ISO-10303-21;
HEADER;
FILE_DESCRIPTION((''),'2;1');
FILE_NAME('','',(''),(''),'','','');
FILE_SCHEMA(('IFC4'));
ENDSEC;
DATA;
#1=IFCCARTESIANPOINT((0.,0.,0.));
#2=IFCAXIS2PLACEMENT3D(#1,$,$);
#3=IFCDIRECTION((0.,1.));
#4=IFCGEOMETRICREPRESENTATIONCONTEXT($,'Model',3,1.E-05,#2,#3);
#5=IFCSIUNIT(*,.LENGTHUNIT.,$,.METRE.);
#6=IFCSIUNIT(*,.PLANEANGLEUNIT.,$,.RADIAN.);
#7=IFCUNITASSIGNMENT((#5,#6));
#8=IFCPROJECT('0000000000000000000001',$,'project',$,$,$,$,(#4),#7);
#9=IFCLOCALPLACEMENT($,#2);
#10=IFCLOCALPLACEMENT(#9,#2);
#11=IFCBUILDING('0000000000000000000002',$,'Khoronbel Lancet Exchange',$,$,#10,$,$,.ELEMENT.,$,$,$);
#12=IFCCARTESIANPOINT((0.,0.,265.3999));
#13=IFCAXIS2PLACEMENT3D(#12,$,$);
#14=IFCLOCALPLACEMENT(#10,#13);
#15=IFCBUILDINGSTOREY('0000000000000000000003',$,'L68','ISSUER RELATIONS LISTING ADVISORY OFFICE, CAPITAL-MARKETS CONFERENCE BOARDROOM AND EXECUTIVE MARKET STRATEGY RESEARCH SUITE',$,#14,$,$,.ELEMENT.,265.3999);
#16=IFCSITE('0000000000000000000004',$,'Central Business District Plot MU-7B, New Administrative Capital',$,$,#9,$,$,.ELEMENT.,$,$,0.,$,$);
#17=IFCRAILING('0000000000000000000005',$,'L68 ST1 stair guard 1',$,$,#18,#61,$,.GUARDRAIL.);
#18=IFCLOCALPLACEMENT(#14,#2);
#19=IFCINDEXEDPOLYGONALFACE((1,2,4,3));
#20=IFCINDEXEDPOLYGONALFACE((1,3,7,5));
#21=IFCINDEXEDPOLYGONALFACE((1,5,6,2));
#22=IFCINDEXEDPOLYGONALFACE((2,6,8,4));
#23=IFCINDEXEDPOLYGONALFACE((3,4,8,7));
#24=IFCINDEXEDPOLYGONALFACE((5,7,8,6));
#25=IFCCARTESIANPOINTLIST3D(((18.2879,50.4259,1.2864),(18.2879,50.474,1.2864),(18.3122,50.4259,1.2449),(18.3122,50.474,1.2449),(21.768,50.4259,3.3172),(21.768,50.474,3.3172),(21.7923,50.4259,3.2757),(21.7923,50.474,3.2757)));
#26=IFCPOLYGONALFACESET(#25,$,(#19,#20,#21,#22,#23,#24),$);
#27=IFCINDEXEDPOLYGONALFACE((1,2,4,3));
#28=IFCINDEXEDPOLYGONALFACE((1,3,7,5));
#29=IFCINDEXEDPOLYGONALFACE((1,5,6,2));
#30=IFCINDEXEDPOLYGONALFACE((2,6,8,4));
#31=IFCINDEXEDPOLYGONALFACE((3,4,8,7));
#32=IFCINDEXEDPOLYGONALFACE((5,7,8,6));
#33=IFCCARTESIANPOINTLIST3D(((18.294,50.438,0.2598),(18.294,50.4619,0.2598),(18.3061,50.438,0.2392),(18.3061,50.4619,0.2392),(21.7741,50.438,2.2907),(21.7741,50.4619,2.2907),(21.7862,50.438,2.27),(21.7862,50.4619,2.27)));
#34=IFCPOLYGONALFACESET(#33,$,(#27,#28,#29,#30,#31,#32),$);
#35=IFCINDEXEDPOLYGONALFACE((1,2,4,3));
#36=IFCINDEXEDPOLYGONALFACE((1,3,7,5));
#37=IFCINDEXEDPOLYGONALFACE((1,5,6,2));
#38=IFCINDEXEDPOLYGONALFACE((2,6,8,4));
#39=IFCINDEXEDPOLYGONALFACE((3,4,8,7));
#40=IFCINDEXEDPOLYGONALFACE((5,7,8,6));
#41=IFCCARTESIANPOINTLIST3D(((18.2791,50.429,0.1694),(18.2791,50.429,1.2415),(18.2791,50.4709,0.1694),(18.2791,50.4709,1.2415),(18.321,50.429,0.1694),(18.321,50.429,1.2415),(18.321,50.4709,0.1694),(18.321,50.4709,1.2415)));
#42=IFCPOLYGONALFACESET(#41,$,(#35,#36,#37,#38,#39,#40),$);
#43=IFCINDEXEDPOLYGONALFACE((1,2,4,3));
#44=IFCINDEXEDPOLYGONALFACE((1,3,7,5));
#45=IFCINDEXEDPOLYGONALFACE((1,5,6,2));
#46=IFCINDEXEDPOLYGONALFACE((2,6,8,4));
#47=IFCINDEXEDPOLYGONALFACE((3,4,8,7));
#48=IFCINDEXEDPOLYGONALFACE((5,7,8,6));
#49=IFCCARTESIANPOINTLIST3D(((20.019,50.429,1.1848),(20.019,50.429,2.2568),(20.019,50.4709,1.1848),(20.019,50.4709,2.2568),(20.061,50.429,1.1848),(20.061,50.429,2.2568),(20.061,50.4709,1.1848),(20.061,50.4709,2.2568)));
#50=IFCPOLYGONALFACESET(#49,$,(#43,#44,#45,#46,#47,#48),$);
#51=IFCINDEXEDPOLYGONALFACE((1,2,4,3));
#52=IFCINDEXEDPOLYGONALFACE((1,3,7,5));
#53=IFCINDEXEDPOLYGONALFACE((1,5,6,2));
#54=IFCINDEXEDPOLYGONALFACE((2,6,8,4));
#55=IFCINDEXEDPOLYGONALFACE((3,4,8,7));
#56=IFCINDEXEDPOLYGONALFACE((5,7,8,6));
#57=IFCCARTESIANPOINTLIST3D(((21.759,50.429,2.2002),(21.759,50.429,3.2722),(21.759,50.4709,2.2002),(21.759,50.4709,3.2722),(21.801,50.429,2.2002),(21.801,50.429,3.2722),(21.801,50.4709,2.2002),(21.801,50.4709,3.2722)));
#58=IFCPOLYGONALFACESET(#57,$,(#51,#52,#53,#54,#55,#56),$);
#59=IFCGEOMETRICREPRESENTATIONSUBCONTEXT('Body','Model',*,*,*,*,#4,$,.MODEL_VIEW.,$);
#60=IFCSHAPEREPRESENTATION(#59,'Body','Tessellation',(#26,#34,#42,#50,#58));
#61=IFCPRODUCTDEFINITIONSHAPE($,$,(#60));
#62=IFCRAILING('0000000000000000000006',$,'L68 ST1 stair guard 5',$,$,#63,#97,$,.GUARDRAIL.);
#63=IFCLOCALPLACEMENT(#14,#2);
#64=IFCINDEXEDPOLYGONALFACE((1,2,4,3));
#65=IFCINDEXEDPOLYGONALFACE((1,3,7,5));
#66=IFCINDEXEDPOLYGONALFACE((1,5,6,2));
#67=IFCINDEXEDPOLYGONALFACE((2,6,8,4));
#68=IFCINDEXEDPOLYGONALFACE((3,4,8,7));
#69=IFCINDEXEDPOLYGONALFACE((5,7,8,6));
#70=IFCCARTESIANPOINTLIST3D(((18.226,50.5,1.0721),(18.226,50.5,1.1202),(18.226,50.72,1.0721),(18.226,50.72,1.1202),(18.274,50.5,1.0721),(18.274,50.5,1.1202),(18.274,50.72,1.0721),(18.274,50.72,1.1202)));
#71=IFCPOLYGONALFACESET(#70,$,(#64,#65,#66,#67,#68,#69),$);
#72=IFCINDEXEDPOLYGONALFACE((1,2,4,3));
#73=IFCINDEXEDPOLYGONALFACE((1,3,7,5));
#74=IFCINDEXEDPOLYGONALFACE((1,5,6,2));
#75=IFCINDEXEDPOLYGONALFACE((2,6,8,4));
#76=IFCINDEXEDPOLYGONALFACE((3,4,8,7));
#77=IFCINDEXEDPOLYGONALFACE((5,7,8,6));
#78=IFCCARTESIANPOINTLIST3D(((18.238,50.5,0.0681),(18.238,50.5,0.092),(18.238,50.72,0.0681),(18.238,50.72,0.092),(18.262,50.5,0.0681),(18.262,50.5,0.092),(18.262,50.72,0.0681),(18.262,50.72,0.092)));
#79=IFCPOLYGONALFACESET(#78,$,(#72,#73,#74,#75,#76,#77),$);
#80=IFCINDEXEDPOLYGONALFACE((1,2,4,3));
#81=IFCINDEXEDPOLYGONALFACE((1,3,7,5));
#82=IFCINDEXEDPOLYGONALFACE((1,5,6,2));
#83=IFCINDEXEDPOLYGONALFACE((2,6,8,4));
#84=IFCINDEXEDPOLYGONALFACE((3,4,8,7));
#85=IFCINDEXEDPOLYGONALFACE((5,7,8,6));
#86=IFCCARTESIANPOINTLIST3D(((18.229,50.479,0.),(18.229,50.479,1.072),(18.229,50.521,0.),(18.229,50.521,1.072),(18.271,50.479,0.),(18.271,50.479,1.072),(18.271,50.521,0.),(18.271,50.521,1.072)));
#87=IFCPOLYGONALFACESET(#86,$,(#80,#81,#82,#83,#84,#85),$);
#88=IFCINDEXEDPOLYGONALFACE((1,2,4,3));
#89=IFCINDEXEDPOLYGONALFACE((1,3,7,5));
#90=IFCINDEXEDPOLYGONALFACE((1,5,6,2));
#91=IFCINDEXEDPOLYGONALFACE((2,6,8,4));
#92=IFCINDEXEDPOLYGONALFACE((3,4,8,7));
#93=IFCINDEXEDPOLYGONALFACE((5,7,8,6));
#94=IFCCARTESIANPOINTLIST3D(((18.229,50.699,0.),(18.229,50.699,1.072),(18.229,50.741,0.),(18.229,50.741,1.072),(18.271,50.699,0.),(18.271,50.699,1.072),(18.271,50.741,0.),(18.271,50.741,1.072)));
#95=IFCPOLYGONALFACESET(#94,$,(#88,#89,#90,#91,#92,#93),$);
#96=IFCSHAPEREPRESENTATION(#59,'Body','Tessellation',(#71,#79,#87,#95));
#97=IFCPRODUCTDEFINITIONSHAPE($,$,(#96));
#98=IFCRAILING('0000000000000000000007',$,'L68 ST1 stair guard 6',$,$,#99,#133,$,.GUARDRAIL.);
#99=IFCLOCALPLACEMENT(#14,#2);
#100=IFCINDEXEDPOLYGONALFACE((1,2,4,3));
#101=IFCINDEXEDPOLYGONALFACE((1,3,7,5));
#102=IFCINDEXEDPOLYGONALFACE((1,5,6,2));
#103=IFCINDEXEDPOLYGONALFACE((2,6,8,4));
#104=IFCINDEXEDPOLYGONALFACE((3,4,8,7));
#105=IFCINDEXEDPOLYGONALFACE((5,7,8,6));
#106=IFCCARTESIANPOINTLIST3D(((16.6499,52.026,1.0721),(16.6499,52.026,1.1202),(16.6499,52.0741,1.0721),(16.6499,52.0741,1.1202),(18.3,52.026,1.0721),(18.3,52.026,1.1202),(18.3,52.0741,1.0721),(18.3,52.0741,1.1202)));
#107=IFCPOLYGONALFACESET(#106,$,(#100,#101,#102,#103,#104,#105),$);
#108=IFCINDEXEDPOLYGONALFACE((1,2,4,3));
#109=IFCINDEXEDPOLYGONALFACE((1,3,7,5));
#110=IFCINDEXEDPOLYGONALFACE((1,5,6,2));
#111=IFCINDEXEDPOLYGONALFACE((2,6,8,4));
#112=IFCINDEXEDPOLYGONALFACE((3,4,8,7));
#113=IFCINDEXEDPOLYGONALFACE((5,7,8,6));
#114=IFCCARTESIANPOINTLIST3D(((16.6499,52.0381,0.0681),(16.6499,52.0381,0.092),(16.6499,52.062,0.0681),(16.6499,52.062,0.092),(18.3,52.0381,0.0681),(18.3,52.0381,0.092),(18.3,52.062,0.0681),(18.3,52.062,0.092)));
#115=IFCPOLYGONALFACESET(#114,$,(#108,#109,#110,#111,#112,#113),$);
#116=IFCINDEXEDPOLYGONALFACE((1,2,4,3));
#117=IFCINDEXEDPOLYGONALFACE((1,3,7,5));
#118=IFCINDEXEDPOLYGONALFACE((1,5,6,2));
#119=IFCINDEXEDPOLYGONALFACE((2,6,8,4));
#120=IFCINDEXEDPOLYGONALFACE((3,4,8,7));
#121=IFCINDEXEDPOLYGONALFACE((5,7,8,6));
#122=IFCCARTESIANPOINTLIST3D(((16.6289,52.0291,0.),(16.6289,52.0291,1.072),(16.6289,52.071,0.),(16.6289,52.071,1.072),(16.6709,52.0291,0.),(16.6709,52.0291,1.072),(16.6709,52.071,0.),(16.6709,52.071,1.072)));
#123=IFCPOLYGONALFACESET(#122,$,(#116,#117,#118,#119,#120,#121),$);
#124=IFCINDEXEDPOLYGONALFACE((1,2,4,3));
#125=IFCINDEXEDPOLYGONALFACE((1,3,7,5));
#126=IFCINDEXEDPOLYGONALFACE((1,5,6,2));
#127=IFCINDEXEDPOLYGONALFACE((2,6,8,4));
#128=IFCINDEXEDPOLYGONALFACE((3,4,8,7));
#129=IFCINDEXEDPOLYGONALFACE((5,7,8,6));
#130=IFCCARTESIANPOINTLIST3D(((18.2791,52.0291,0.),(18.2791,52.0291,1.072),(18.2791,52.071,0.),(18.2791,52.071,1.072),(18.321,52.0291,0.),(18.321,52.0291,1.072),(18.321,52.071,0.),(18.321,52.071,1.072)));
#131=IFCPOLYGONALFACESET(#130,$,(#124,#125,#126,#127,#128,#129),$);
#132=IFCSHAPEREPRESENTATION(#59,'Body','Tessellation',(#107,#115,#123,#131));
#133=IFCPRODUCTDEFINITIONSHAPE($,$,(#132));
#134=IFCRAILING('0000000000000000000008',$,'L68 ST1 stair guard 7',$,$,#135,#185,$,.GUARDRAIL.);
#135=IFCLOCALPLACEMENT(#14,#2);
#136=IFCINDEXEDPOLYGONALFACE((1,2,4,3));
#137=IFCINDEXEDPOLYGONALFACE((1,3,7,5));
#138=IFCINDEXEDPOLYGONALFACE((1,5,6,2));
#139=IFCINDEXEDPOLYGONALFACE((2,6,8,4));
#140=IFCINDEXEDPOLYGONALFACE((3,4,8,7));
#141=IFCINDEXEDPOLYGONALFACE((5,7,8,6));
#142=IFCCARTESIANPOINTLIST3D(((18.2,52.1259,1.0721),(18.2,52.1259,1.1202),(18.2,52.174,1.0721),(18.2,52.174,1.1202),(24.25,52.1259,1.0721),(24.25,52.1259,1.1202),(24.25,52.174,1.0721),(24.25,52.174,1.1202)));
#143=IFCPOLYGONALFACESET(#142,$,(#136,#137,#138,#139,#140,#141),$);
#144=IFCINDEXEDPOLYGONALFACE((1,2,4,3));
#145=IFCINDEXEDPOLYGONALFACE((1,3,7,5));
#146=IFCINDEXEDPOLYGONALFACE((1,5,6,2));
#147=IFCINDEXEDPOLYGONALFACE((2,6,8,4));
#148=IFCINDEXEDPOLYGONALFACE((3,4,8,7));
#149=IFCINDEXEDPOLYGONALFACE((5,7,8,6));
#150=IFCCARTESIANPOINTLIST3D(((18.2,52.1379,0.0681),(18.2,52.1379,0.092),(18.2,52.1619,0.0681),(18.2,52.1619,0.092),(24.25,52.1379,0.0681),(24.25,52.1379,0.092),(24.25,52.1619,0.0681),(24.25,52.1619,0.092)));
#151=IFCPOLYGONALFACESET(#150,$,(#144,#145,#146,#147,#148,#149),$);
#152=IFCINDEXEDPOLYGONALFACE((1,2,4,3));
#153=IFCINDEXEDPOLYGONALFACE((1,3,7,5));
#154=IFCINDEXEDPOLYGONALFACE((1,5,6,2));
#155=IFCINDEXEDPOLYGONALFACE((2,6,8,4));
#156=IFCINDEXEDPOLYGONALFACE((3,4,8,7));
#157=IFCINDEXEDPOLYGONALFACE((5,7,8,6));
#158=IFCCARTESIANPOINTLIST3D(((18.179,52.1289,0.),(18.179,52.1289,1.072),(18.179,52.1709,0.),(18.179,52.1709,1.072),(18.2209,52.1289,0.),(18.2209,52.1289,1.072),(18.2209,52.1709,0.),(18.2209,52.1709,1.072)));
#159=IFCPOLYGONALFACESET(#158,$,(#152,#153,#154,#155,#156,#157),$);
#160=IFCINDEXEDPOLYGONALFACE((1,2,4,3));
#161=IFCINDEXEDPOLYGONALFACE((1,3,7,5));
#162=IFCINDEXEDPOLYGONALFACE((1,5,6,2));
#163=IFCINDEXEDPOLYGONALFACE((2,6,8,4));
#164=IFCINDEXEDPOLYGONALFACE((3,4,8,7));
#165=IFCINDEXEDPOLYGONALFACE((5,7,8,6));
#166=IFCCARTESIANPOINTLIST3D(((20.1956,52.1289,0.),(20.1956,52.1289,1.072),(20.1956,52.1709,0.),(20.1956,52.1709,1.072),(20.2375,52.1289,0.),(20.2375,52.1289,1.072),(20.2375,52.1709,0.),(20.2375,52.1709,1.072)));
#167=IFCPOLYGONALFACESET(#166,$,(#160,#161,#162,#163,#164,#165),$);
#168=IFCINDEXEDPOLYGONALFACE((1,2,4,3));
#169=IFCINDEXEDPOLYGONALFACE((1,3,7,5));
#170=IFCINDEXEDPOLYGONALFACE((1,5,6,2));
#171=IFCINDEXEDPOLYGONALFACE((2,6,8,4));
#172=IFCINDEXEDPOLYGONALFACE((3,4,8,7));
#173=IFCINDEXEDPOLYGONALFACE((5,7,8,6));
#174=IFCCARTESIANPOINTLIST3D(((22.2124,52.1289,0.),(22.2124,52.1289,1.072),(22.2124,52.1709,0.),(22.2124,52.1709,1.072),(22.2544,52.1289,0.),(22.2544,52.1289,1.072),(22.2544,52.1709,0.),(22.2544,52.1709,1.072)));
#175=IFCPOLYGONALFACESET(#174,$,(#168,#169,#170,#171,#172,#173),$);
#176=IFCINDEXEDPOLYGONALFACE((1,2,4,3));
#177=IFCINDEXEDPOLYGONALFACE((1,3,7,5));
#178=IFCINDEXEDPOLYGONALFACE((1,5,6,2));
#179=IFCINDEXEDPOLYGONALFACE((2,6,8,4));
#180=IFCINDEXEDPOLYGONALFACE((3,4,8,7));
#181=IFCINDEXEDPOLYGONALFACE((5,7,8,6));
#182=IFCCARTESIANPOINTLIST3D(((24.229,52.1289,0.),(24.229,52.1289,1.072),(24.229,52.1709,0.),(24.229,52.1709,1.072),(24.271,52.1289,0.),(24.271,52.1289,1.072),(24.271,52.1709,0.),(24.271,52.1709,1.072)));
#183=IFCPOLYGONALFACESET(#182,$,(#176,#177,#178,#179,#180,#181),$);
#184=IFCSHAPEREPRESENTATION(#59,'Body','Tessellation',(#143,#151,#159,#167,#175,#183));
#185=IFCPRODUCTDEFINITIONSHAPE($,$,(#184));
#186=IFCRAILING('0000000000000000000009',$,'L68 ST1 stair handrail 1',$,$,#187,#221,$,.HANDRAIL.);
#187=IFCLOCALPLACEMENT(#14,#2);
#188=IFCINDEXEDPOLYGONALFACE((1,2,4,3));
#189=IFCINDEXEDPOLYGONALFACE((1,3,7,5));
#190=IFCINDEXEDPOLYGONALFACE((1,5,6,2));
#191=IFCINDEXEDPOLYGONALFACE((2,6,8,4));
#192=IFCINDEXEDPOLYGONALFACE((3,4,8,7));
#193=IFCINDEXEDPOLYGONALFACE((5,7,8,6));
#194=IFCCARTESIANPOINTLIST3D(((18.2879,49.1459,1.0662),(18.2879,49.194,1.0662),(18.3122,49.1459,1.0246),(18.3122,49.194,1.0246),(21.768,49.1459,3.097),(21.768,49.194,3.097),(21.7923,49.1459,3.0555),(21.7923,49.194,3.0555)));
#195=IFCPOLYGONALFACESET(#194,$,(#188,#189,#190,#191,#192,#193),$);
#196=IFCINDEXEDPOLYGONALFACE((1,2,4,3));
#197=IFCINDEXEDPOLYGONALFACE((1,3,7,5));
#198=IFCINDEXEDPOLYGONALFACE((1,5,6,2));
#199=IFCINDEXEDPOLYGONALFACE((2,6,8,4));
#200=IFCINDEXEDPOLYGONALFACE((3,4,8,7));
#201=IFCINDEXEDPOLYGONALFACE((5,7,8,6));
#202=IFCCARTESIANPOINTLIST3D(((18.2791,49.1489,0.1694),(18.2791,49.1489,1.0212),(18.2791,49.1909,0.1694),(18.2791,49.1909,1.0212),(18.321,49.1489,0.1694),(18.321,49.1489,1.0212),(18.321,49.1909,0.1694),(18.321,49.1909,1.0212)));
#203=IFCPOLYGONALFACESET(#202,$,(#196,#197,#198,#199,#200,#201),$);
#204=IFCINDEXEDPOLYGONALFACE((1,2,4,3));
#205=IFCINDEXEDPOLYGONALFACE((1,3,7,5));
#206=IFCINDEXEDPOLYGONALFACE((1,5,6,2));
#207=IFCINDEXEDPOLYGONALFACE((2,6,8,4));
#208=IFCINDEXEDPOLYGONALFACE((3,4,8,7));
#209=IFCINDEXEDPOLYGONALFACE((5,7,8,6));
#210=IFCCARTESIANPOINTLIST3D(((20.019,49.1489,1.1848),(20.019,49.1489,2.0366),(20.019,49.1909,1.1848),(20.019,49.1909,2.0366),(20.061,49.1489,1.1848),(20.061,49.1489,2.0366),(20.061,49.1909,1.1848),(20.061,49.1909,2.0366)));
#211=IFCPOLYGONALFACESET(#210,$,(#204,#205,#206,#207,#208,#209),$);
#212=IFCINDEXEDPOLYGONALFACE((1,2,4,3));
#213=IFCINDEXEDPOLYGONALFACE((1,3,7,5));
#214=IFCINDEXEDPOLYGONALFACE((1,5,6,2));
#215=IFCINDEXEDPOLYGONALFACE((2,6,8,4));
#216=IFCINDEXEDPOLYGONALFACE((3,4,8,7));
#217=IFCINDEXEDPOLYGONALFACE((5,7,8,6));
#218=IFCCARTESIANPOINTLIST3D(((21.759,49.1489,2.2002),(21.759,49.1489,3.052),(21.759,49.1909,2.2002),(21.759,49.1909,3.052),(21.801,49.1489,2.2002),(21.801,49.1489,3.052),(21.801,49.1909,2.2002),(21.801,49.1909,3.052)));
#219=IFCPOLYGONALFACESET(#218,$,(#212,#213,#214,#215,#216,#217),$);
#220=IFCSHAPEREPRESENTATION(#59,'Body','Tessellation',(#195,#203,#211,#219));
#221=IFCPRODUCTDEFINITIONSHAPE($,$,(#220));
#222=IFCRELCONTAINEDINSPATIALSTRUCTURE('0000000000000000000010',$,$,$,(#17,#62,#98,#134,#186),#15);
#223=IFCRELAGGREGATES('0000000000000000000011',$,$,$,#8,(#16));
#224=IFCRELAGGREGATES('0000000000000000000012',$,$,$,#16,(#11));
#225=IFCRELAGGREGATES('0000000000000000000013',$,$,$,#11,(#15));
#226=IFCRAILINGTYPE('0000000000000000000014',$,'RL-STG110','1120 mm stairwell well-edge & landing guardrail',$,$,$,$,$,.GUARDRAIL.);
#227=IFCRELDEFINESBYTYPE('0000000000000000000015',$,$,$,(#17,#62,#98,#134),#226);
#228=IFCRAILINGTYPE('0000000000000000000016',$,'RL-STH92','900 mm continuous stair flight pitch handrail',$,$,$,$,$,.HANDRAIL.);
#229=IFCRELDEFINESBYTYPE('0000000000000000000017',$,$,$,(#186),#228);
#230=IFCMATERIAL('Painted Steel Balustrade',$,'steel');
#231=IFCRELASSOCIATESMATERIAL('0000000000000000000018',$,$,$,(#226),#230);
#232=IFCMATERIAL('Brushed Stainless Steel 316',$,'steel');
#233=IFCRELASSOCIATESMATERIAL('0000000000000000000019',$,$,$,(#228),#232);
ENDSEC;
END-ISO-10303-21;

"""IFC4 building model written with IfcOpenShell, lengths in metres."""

from ifc_helpers import new_model, si_unit, direction, frame, origin, origin_2d, place, context, subcontext, project, spatial, rectangle, extrude, material, type_object, element, save


model = new_model("IFC4")

# Units and contexts
model_context = context("Model", 3, precision=1e-05, world=origin(), true_north=direction((0.0, 1.0)))
body_context = subcontext(model_context, "Body", "Model", "MODEL_VIEW")
ifc_project = project(units=[si_unit("LENGTHUNIT", "METRE"), si_unit("PLANEANGLEUNIT", "RADIAN")], contexts=[model_context])

# Site, building, storey
site_placement = place(None, origin())
site = spatial("IfcSite", under=ifc_project, at=site_placement, Name="Central Business District Plot MU-7B, New Administrative Capital", CompositionType="ELEMENT", RefElevation=0.0)
building_placement = place(site_placement, origin())
building = spatial("IfcBuilding", under=site, at=building_placement, Name="Khoronbel Lancet Exchange", CompositionType="ELEMENT")
storey_placement = place(building_placement, frame((0.0, 0.0, 265.3999)))
storey = spatial("IfcBuildingStorey", under=building, at=storey_placement, Name="L68", Description="ISSUER RELATIONS LISTING ADVISORY OFFICE, CAPITAL-MARKETS CONFERENCE BOARDROOM AND EXECUTIVE MARKET STRATEGY RESEARCH SUITE", CompositionType="ELEMENT", Elevation=265.3999)

# Railings
ifc_material_1 = material(Name="Painted Steel Balustrade", Category="steel")
railing_type_1 = type_object("IfcRailingType", Name="RL-STG110", Description="1120 mm stairwell well-edge & landing guardrail", PredefinedType="GUARDRAIL", material=ifc_material_1)
railing_1_placement = place(storey_placement, frame((18.3, 50.45, 0.1694)))
element("IfcRailing", 1, at=railing_1_placement, inside=storey, type_object=railing_type_1, Name="L68 ST1 stair guard 1", PredefinedType="GUARDRAIL", context=body_context, shape_type="SweptSolid", body=[
    extrude(rectangle(XDim=0.0481, YDim=0.0481, at=origin_2d()), frame((0.0, 0.0, 1.0962), z_axis=(0.863695, 0.0, 0.504014), x_axis=(0.0, 1.0, 0.0)), (0.0, 0.0, 1.0), 4.0293),
    extrude(rectangle(XDim=0.0239, YDim=0.0239, at=origin_2d()), frame((0.0, 0.0, 0.0801), z_axis=(0.863695, 0.0, 0.504014), x_axis=(0.0, 1.0, 0.0)), (0.0, 0.0, 1.0), 4.0293),
    extrude(rectangle(XDim=0.042, YDim=0.042, at=origin_2d()), origin(), (0.0, 0.0, 1.0), 1.072),
    extrude(rectangle(XDim=0.042, YDim=0.042, at=origin_2d()), frame((1.74, 0.0, 1.0154)), (0.0, 0.0, 1.0), 1.072),
    extrude(rectangle(XDim=0.042, YDim=0.042, at=origin_2d()), frame((3.48, 0.0, 2.0308)), (0.0, 0.0, 1.0), 1.072),
])
railing_2_placement = place(storey_placement, frame((18.25, 50.5, 0.0)))
element("IfcRailing", 2, at=railing_2_placement, inside=storey, type_object=railing_type_1, Name="L68 ST1 stair guard 5", PredefinedType="GUARDRAIL", context=body_context, shape_type="SweptSolid", body=[
    extrude(rectangle(XDim=0.0481, YDim=0.0481, at=origin_2d()), frame((0.0, 0.0, 1.0962), z_axis=(0.0, 1.0, 0.0), x_axis=(-1.0, 0.0, 0.0)), (0.0, 0.0, 1.0), 0.22),
    extrude(rectangle(XDim=0.0239, YDim=0.0239, at=origin_2d()), frame((0.0, 0.0, 0.0801), z_axis=(0.0, 1.0, 0.0), x_axis=(-1.0, 0.0, 0.0)), (0.0, 0.0, 1.0), 0.22),
    extrude(rectangle(XDim=0.042, YDim=0.042, at=origin_2d()), origin(), (0.0, 0.0, 1.0), 1.072),
    extrude(rectangle(XDim=0.042, YDim=0.042, at=origin_2d()), frame((0.0, 0.22, 0.0)), (0.0, 0.0, 1.0), 1.072),
])
railing_3_placement = place(storey_placement, frame((16.6499, 52.05, 0.0)))
element("IfcRailing", 3, at=railing_3_placement, inside=storey, type_object=railing_type_1, Name="L68 ST1 stair guard 6", PredefinedType="GUARDRAIL", context=body_context, shape_type="SweptSolid", body=[
    extrude(rectangle(XDim=0.0481, YDim=0.0481, at=origin_2d()), frame((0.0, 0.0, 1.0962), z_axis=(1.0, 0.0, 0.0), x_axis=(0.0, 1.0, 0.0)), (0.0, 0.0, 1.0), 1.6501),
    extrude(rectangle(XDim=0.0239, YDim=0.0239, at=origin_2d()), frame((0.0, 0.0, 0.0801), z_axis=(1.0, 0.0, 0.0), x_axis=(0.0, 1.0, 0.0)), (0.0, 0.0, 1.0), 1.6501),
    extrude(rectangle(XDim=0.042, YDim=0.042, at=origin_2d()), origin(), (0.0, 0.0, 1.0), 1.072),
    extrude(rectangle(XDim=0.042, YDim=0.042, at=origin_2d()), frame((1.6501, 0.0, 0.0)), (0.0, 0.0, 1.0), 1.072),
])
railing_4_placement = place(storey_placement, frame((18.2, 52.1499, 0.0)))
element("IfcRailing", 4, at=railing_4_placement, inside=storey, type_object=railing_type_1, Name="L68 ST1 stair guard 7", PredefinedType="GUARDRAIL", context=body_context, shape_type="SweptSolid", body=[
    extrude(rectangle(XDim=0.0481, YDim=0.0481, at=origin_2d()), frame((0.0, 0.0, 1.0962), z_axis=(1.0, 0.0, 0.0), x_axis=(0.0, 1.0, 0.0)), (0.0, 0.0, 1.0), 6.05),
    extrude(rectangle(XDim=0.0239, YDim=0.0239, at=origin_2d()), frame((0.0, 0.0, 0.0801), z_axis=(1.0, 0.0, 0.0), x_axis=(0.0, 1.0, 0.0)), (0.0, 0.0, 1.0), 6.05),
    extrude(rectangle(XDim=0.042, YDim=0.042, at=origin_2d()), origin(), (0.0, 0.0, 1.0), 1.072),
    extrude(rectangle(XDim=0.042, YDim=0.042, at=origin_2d()), frame((2.0166, 0.0, 0.0)), (0.0, 0.0, 1.0), 1.072),
    extrude(rectangle(XDim=0.042, YDim=0.042, at=origin_2d()), frame((4.0334, 0.0, 0.0)), (0.0, 0.0, 1.0), 1.072),
    extrude(rectangle(XDim=0.042, YDim=0.042, at=origin_2d()), frame((6.05, 0.0, 0.0)), (0.0, 0.0, 1.0), 1.072),
])
ifc_material_2 = material(Name="Brushed Stainless Steel 316", Category="steel")
railing_type_2 = type_object("IfcRailingType", Name="RL-STH92", Description="900 mm continuous stair flight pitch handrail", PredefinedType="HANDRAIL", material=ifc_material_2)
railing_5_placement = place(storey_placement, frame((18.3, 49.1699, 0.1694)))
element("IfcRailing", 5, at=railing_5_placement, inside=storey, type_object=railing_type_2, Name="L68 ST1 stair handrail 1", PredefinedType="HANDRAIL", context=body_context, shape_type="SweptSolid", body=[
    extrude(rectangle(XDim=0.0481, YDim=0.0481, at=origin_2d()), frame((0.0, 0.0, 0.876), z_axis=(0.863695, 0.0, 0.504014), x_axis=(0.0, 1.0, 0.0)), (0.0, 0.0, 1.0), 4.0293),
    extrude(rectangle(XDim=0.042, YDim=0.042, at=origin_2d()), origin(), (0.0, 0.0, 1.0), 0.8518),
    extrude(rectangle(XDim=0.042, YDim=0.042, at=origin_2d()), frame((1.74, 0.0, 1.0154)), (0.0, 0.0, 1.0), 0.8518),
    extrude(rectangle(XDim=0.042, YDim=0.042, at=origin_2d()), frame((3.48, 0.0, 2.0308)), (0.0, 0.0, 1.0), 0.8518),
])

save(model, "model.ifc")
